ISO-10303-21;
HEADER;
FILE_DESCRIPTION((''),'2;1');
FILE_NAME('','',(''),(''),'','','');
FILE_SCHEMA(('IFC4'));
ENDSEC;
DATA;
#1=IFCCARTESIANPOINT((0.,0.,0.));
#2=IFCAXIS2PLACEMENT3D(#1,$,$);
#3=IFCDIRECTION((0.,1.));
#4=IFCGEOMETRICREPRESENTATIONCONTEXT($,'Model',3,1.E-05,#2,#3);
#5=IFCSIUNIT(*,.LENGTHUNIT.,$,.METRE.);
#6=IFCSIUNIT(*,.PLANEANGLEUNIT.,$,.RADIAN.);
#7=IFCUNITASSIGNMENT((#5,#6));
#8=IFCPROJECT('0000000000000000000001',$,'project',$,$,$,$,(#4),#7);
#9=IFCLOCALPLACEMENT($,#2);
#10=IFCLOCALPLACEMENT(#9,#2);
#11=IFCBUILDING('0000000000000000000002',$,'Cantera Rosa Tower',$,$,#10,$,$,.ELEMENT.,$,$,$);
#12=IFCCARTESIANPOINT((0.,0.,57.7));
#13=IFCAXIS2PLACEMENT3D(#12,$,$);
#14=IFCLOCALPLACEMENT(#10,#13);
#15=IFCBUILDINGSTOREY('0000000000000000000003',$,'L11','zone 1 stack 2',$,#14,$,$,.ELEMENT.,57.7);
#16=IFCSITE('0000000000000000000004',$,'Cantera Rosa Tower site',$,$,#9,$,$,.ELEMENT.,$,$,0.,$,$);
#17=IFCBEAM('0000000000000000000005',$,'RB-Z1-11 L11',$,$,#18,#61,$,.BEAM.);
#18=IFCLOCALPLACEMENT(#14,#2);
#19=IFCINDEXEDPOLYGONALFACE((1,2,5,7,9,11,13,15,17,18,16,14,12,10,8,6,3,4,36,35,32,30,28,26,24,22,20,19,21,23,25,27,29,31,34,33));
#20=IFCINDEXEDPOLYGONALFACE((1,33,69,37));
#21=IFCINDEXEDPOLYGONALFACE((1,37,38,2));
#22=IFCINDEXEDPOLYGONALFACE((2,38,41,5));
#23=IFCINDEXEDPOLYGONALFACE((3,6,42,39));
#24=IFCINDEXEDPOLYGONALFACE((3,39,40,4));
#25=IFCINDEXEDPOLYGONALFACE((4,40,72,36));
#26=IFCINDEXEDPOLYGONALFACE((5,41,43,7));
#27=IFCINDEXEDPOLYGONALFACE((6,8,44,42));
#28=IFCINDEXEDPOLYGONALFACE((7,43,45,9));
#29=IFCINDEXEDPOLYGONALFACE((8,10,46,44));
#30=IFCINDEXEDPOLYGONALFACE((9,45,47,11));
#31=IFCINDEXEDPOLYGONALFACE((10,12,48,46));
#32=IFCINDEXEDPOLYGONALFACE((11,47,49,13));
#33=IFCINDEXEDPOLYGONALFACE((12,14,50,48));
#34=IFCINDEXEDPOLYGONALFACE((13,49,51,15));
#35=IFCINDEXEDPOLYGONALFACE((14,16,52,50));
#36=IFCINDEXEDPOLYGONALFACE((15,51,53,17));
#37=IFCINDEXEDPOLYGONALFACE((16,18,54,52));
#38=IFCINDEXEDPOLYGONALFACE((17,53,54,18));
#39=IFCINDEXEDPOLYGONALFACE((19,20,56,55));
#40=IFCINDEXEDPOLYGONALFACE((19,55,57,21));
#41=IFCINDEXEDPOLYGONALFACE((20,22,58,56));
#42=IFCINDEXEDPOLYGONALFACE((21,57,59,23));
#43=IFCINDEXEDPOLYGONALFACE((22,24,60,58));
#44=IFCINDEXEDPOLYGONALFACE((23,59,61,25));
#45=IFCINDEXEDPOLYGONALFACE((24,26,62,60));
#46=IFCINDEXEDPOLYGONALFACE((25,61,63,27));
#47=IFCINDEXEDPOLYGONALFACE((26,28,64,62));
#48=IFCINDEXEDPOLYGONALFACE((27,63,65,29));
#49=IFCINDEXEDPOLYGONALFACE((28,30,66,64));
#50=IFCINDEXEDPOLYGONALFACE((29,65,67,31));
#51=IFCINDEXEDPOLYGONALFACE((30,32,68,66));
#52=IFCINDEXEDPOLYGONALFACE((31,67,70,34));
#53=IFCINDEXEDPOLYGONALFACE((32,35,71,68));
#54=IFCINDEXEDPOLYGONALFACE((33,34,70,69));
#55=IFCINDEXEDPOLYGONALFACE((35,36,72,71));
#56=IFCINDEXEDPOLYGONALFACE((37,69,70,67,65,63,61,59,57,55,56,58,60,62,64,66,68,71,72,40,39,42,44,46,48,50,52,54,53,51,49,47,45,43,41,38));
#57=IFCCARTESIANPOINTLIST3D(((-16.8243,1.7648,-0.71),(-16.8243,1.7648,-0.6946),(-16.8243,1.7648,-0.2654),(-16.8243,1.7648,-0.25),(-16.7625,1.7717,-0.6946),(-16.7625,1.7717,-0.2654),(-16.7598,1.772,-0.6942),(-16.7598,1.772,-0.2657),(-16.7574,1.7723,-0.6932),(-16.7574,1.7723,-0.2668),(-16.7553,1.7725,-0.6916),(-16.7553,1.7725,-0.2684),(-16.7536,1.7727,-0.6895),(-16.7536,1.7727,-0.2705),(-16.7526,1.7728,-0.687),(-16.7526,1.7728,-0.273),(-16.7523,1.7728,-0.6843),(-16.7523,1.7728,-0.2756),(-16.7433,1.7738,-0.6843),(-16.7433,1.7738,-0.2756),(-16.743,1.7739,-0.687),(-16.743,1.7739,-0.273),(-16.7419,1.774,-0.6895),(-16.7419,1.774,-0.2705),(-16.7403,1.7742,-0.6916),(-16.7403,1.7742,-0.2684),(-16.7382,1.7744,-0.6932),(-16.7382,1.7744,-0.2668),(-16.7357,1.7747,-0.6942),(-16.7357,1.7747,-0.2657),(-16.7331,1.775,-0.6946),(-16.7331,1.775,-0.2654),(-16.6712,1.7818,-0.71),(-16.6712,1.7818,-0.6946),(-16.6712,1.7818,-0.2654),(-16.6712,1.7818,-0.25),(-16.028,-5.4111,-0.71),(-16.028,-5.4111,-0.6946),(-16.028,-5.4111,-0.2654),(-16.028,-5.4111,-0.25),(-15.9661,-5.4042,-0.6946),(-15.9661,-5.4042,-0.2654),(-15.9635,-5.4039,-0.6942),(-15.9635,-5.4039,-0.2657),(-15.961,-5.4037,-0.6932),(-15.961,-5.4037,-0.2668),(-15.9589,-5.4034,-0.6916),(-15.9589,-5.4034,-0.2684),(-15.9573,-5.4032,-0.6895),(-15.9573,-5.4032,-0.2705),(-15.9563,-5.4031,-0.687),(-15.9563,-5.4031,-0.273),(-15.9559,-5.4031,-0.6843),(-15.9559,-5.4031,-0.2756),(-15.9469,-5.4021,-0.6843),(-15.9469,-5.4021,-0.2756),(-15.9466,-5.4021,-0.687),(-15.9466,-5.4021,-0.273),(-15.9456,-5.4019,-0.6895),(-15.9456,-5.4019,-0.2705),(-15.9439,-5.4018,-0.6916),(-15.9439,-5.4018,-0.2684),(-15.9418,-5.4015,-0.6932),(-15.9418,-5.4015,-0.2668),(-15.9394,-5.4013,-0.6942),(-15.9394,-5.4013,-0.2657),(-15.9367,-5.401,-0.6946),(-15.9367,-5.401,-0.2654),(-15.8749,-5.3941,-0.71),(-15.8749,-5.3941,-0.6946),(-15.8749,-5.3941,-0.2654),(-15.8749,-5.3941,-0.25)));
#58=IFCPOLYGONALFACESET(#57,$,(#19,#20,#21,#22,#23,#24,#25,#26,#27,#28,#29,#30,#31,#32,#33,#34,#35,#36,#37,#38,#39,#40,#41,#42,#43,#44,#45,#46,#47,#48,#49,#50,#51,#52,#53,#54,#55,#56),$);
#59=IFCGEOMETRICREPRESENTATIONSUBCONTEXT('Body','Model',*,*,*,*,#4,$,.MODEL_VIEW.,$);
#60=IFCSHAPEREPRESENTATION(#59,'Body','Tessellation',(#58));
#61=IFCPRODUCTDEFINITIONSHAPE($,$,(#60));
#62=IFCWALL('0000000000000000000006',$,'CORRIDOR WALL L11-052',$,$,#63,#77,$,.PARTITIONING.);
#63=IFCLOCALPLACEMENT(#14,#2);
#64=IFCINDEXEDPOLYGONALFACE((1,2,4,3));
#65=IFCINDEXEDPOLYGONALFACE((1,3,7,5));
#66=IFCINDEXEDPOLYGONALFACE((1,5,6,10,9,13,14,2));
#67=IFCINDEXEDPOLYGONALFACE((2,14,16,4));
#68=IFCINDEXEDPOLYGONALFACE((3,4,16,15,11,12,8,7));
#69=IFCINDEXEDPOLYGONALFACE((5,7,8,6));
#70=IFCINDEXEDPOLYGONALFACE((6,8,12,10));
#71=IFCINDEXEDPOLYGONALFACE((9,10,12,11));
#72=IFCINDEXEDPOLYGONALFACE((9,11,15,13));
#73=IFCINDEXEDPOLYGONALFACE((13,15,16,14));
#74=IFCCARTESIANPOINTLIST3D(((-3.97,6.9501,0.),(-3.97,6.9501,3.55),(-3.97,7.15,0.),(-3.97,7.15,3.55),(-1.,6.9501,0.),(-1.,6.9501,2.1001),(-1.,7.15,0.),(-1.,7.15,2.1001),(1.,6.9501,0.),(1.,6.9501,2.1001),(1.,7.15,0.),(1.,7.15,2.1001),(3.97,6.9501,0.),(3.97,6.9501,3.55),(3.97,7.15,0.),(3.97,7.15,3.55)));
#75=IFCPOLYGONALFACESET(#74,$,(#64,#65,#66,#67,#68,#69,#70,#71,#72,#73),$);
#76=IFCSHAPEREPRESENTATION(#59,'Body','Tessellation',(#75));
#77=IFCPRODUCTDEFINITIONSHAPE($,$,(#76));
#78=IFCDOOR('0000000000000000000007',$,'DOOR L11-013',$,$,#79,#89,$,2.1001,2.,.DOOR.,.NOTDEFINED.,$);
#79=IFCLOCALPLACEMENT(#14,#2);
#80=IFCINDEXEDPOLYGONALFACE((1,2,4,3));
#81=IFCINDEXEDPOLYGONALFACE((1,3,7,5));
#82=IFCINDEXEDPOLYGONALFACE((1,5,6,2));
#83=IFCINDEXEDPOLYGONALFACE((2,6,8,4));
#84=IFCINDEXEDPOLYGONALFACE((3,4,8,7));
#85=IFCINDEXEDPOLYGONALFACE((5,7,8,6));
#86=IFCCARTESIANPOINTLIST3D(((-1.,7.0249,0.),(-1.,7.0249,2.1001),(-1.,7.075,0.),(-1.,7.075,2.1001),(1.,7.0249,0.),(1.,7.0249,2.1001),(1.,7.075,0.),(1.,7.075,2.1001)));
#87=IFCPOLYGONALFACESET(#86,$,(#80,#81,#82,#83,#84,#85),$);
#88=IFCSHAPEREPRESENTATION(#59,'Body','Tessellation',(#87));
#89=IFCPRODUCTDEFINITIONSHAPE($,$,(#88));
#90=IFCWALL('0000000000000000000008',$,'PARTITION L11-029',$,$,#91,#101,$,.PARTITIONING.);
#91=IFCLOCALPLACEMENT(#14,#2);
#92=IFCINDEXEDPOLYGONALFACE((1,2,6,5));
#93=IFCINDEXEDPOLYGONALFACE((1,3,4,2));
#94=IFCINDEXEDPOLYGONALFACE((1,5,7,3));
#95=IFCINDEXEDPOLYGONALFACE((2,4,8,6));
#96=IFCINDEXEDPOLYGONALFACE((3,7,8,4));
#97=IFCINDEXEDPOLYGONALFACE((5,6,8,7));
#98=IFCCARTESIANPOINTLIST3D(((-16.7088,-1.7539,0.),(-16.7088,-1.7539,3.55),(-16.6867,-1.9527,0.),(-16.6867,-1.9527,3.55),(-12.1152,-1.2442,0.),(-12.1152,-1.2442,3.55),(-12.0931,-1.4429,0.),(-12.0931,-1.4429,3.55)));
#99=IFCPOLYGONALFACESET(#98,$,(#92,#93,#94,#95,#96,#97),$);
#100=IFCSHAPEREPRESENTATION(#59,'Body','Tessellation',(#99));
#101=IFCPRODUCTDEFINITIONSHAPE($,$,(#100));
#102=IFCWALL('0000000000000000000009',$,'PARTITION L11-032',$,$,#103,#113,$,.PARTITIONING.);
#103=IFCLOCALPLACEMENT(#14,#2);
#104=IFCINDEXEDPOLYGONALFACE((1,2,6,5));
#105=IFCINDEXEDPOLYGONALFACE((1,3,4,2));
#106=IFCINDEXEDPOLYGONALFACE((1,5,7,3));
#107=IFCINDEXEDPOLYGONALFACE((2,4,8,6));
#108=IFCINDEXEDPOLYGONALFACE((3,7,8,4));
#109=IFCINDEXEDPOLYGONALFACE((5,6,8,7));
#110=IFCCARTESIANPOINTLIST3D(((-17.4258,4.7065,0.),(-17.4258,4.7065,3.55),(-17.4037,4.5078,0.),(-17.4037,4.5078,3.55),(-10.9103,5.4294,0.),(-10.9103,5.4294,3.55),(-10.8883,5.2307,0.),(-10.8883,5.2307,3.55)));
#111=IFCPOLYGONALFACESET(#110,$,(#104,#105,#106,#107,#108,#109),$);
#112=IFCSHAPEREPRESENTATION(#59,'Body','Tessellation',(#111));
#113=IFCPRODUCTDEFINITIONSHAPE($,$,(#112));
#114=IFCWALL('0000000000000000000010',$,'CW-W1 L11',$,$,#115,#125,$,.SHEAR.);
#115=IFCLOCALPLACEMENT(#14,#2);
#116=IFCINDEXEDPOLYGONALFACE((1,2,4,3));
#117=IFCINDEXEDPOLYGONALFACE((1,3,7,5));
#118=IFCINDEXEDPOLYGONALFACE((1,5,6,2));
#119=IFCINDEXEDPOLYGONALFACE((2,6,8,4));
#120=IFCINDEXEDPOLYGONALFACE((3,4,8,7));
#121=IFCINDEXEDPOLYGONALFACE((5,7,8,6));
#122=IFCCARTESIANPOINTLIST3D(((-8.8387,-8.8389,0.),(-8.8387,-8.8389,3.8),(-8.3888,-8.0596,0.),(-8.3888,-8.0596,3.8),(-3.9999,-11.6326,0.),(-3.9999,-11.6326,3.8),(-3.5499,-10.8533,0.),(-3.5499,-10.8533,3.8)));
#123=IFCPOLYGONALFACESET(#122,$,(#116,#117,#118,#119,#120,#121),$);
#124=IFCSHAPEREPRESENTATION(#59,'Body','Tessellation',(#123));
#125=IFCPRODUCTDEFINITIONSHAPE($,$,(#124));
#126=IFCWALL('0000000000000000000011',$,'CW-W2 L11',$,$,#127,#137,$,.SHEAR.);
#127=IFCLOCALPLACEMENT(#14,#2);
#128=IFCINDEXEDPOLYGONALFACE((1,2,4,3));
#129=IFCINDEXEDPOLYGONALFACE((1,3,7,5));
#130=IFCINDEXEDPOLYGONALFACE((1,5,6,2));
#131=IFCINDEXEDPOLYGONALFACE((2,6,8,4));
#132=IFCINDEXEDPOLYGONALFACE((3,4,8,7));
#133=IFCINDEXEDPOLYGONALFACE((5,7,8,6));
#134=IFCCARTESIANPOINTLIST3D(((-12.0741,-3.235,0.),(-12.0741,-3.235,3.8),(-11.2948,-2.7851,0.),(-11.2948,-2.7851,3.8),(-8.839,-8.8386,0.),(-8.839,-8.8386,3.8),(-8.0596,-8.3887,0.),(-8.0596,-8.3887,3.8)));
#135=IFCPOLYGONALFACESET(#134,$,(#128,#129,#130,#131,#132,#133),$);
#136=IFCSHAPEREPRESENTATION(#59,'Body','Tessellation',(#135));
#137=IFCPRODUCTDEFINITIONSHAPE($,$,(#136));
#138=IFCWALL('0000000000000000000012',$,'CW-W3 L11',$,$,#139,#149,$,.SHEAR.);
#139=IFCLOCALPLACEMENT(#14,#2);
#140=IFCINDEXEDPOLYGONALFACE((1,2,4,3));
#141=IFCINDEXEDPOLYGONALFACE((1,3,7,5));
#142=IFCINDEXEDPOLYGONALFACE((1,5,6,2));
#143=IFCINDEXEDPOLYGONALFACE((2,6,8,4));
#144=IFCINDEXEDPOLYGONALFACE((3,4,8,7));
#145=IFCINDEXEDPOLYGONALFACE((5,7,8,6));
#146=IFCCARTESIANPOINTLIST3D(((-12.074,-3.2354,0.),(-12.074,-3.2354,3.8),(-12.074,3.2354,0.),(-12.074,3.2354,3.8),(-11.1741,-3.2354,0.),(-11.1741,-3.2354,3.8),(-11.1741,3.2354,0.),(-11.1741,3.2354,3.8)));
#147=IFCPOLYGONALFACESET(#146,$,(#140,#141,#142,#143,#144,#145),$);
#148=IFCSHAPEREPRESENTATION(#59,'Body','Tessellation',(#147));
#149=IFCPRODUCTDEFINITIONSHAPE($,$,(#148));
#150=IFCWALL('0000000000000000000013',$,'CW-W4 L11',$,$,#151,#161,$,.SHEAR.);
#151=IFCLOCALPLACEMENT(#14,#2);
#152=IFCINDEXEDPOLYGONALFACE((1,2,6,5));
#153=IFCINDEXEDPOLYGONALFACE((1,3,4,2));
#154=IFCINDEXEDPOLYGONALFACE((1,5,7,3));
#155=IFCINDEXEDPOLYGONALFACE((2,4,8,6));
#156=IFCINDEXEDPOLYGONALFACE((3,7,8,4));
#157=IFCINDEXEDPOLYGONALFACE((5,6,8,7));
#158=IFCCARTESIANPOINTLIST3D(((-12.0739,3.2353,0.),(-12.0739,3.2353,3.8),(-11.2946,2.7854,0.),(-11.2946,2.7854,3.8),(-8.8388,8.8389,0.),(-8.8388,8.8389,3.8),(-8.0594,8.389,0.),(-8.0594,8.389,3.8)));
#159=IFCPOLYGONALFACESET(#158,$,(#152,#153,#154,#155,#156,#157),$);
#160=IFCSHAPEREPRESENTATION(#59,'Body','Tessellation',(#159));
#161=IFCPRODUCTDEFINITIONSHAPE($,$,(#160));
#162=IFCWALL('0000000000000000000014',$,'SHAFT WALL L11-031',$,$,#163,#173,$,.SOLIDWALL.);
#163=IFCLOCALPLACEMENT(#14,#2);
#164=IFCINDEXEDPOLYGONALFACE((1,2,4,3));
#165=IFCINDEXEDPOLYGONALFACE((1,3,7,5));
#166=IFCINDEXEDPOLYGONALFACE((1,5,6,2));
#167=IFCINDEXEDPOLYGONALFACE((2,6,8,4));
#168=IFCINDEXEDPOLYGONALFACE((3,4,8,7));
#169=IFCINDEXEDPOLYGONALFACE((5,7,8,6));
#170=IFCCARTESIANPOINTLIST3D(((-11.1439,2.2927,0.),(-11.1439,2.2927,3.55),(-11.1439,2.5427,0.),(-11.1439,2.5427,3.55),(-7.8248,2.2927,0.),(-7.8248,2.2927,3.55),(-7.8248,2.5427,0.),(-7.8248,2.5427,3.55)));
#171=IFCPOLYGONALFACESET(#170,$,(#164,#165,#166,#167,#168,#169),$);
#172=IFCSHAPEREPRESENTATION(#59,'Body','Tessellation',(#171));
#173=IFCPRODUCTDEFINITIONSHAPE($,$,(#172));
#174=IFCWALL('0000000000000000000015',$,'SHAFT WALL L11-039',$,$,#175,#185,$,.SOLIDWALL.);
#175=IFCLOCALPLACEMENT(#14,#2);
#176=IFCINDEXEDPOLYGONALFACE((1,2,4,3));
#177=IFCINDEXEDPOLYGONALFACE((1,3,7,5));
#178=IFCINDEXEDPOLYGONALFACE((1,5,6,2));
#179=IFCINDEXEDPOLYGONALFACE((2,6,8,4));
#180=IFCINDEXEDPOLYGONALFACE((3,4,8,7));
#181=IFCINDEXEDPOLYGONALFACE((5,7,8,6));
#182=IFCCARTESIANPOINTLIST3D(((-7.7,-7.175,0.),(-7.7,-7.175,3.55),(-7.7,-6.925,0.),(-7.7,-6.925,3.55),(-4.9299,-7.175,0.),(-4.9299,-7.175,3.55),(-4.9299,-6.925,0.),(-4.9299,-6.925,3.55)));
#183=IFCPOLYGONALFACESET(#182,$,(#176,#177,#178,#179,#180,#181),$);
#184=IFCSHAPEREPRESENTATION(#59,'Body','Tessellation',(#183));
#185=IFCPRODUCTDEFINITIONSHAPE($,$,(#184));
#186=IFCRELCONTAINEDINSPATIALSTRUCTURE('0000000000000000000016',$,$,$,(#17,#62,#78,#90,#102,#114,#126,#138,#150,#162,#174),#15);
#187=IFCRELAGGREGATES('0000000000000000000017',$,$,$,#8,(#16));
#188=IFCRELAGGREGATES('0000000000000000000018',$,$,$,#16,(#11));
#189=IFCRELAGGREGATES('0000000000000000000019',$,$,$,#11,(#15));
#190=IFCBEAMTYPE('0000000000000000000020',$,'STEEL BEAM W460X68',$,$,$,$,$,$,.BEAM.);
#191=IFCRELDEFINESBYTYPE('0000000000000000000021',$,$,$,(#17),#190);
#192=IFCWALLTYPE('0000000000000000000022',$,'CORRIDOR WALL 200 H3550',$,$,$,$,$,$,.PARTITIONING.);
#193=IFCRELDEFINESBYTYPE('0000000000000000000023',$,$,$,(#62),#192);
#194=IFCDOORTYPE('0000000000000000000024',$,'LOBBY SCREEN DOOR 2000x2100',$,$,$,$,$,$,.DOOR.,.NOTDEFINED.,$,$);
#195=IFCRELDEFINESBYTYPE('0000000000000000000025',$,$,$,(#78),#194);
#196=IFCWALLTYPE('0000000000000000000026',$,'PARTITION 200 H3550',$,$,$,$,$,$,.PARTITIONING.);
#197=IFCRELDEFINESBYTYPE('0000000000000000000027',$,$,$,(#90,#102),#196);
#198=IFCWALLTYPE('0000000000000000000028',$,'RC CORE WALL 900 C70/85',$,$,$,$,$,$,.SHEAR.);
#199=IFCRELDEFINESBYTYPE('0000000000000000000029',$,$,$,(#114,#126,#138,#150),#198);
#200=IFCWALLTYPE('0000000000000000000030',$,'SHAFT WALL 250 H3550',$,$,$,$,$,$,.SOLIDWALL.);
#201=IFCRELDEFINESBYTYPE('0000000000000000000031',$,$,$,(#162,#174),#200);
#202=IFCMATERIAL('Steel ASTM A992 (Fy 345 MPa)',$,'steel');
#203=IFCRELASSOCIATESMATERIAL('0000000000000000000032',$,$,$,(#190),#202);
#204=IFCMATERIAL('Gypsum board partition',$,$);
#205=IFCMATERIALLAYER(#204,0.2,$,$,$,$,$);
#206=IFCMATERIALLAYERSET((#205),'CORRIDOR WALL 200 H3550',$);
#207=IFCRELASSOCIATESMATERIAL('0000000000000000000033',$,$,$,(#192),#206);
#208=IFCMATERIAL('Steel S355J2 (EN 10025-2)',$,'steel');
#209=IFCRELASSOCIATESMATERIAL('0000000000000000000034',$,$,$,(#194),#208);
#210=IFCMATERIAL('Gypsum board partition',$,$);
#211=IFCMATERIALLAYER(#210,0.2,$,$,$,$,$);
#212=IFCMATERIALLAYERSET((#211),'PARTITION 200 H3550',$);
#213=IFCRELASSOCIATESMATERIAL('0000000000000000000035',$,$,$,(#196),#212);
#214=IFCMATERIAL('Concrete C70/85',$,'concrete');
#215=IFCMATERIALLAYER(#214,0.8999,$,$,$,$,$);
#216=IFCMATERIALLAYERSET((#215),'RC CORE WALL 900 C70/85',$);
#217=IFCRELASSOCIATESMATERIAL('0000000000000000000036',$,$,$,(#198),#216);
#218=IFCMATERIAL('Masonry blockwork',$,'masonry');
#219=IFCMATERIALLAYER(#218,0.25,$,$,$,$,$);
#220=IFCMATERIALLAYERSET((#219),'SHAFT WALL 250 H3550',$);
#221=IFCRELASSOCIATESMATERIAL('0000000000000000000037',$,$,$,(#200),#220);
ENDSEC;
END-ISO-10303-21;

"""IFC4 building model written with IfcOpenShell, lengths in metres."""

from ifc_helpers import new_model, si_unit, direction, frame, frame_2d, origin, origin_2d, place, context, subcontext, project, spatial, rectangle, i_section, extrude, material, layer, layer_set, material_profile, profile_set, type_object, element, fill, save


model = new_model("IFC4")

# Units and contexts
model_context = context("Model", 3, precision=1e-05, world=origin(), true_north=direction((0.0, 1.0)))
body_context = subcontext(model_context, "Body", "Model", "MODEL_VIEW")
ifc_project = project(units=[si_unit("LENGTHUNIT", "METRE"), si_unit("PLANEANGLEUNIT", "RADIAN")], contexts=[model_context])

# Site, building, storey
site_placement = place(None, origin())
site = spatial("IfcSite", under=ifc_project, at=site_placement, Name="Cantera Rosa Tower site", CompositionType="ELEMENT", RefElevation=0.0)
building_placement = place(site_placement, origin())
building = spatial("IfcBuilding", under=site, at=building_placement, Name="Cantera Rosa Tower", CompositionType="ELEMENT")
storey_placement = place(building_placement, frame((0.0, 0.0, 57.7)))
storey = spatial("IfcBuildingStorey", under=building, at=storey_placement, Name="L11", Description="zone 1 stack 2", CompositionType="ELEMENT", Elevation=57.7)

# Beam
ifc_material_1 = material(Name="Steel ASTM A992 (Fy 345 MPa)", Category="steel")
ifc_material_profile = material_profile(ifc_material_1, i_section(OverallWidth=0.1541, OverallDepth=0.46, WebThickness=0.009, FlangeThickness=0.0154, FilletRadius=0.0103, at=origin_2d()), Name="W460X68")
ifc_profile_set = profile_set([ifc_material_profile], Name="Steel ASTM A992 (Fy 345 MPa)")
beam_type = type_object("IfcBeamType", Name="STEEL BEAM W460X68", PredefinedType="BEAM", material=ifc_profile_set)
beam_placement = place(storey_placement, frame((-15.9514, -5.4026, -0.48), z_axis=(-0.110302, 0.993898, 0.0), x_axis=(-0.993898, -0.110302, 0.0)))
element("IfcBeam", 1, at=beam_placement, inside=storey, type_object=beam_type, Name="RB-Z1-11 L11", PredefinedType="BEAM", context=body_context, shape_type="SweptSolid", body=[
    extrude(i_section(OverallWidth=0.1541, OverallDepth=0.46, WebThickness=0.009, FlangeThickness=0.0154, FilletRadius=0.0103, at=origin_2d()), origin(), (0.0, 0.0, 1.0), 7.22),
])

# Wall, opening, door
ifc_material_2 = material(Name="Gypsum board partition")
ifc_layer_1 = layer(ifc_material_2, 0.2)
ifc_layer_set_1 = layer_set([ifc_layer_1], Name="CORRIDOR WALL 200 H3550")
wall_type_1 = type_object("IfcWallType", Name="CORRIDOR WALL 200 H3550", PredefinedType="PARTITIONING", material=ifc_layer_set_1)
wall_1_placement = place(storey_placement, frame((-3.97, 7.05, 0.0), z_axis=(0.0, 0.0, 1.0), x_axis=(1.0, 0.0, 0.0)))
wall_1 = element("IfcWall", 2, at=wall_1_placement, inside=storey, type_object=wall_type_1, Name="CORRIDOR WALL L11-052", PredefinedType="PARTITIONING", context=body_context, shape_type="SweptSolid", body=[
    extrude(rectangle(XDim=7.9399, YDim=0.2, at=frame_2d((3.97, 0.0))), origin(), (0.0, 0.0, 1.0), 3.55),
])
opening_placement = place(wall_1_placement, frame((2.97, 0.0, 0.0)))
opening = element("IfcOpeningElement", 3, at=opening_placement, cuts=wall_1, PredefinedType="OPENING", context=body_context, shape_type="SweptSolid", body=[
    extrude(rectangle(XDim=2.0, YDim=2.1001, at=frame_2d((1.0, 1.05))), frame((0.0, 0.1099, 0.0), z_axis=(0.0, -1.0, 0.0), x_axis=(1.0, 0.0, 0.0)), (0.0, 0.0, 1.0), 0.22),
])
ifc_material_3 = material(Name="Steel S355J2 (EN 10025-2)", Category="steel")
door_type = type_object("IfcDoorType", Name="LOBBY SCREEN DOOR 2000x2100", OperationType="NOTDEFINED", PredefinedType="DOOR", material=ifc_material_3)
door_placement = place(opening_placement, origin())
door = element("IfcDoor", 4, at=door_placement, inside=storey, type_object=door_type, Name="DOOR L11-013", OperationType="NOTDEFINED", OverallHeight=2.1001, OverallWidth=2.0, PredefinedType="DOOR", context=body_context, shape_type="SweptSolid", body=[
    extrude(rectangle(XDim=2.0, YDim=2.1001, at=frame_2d((1.0, 1.05))), frame((0.0, 0.0249, 0.0), z_axis=(0.0, -1.0, 0.0), x_axis=(1.0, 0.0, 0.0)), (0.0, 0.0, 1.0), 0.05),
])
fill(opening, door)

# Walls
ifc_material_4 = material(Name="Gypsum board partition")
ifc_layer_2 = layer(ifc_material_4, 0.2)
ifc_layer_set_2 = layer_set([ifc_layer_2], Name="PARTITION 200 H3550")
wall_type_2 = type_object("IfcWallType", Name="PARTITION 200 H3550", PredefinedType="PARTITIONING", material=ifc_layer_set_2)
wall_2_placement = place(storey_placement, frame((-12.104, -1.3435, 0.0), z_axis=(0.0, 0.0, 1.0), x_axis=(-0.993899, -0.110298, 0.0)))
element("IfcWall", 5, at=wall_2_placement, inside=storey, type_object=wall_type_2, Name="PARTITION L11-029", PredefinedType="PARTITIONING", context=body_context, shape_type="SweptSolid", body=[
    extrude(rectangle(XDim=4.6218, YDim=0.2, at=frame_2d((2.311, 0.0))), origin(), (0.0, 0.0, 1.0), 3.55),
])
wall_3_placement = place(storey_placement, frame((-10.8992, 5.3301, 0.0), z_axis=(0.0, 0.0, 1.0), x_axis=(-0.993901, -0.110276, 0.0)))
element("IfcWall", 6, at=wall_3_placement, inside=storey, type_object=wall_type_2, Name="PARTITION L11-032", PredefinedType="PARTITIONING", context=body_context, shape_type="SweptSolid", body=[
    extrude(rectangle(XDim=6.5554, YDim=0.2, at=frame_2d((3.2778, 0.0))), origin(), (0.0, 0.0, 1.0), 3.55),
])
ifc_material_5 = material(Name="Concrete C70/85", Category="concrete")
ifc_layer_3 = layer(ifc_material_5, 0.8999)
ifc_layer_set_3 = layer_set([ifc_layer_3], Name="RC CORE WALL 900 C70/85")
wall_type_3 = type_object("IfcWallType", Name="RC CORE WALL 900 C70/85", PredefinedType="SHEAR", material=ifc_layer_set_3)
wall_4_placement = place(storey_placement, frame((-3.7749, -11.2429, 0.0), z_axis=(0.0, 0.0, 1.0), x_axis=(-0.866027, 0.499997, 0.0)))
element("IfcWall", 7, at=wall_4_placement, inside=storey, type_object=wall_type_3, Name="CW-W1 L11", PredefinedType="SHEAR", context=body_context, shape_type="SweptSolid", body=[
    extrude(rectangle(XDim=5.5874, YDim=0.8999, at=frame_2d((2.7937, 0.0))), origin(), (0.0, 0.0, 1.0), 3.8),
])
wall_5_placement = place(storey_placement, frame((-8.4492, -8.6138, 0.0), z_axis=(0.0, 0.0, 1.0), x_axis=(-0.49999, 0.866031, 0.0)))
element("IfcWall", 8, at=wall_5_placement, inside=storey, type_object=wall_type_3, Name="CW-W2 L11", PredefinedType="SHEAR", context=body_context, shape_type="SweptSolid", body=[
    extrude(rectangle(XDim=6.4705, YDim=0.8999, at=frame_2d((3.2354, 0.0))), origin(), (0.0, 0.0, 1.0), 3.8),
])
wall_6_placement = place(storey_placement, frame((-11.624, -3.2354, 0.0), z_axis=(0.0, 0.0, 1.0), x_axis=(0.0, 1.0, 0.0)))
element("IfcWall", 9, at=wall_6_placement, inside=storey, type_object=wall_type_3, Name="CW-W3 L11", PredefinedType="SHEAR", context=body_context, shape_type="SweptSolid", body=[
    extrude(rectangle(XDim=6.4707, YDim=0.8999, at=frame_2d((3.2354, 0.0))), origin(), (0.0, 0.0, 1.0), 3.8),
])
wall_7_placement = place(storey_placement, frame((-11.6843, 3.0103, 0.0), z_axis=(0.0, 0.0, 1.0), x_axis=(0.49999, 0.866031, 0.0)))
element("IfcWall", 10, at=wall_7_placement, inside=storey, type_object=wall_type_3, Name="CW-W4 L11", PredefinedType="SHEAR", context=body_context, shape_type="SweptSolid", body=[
    extrude(rectangle(XDim=6.4705, YDim=0.8999, at=frame_2d((3.2354, 0.0))), origin(), (0.0, 0.0, 1.0), 3.8),
])
ifc_material_6 = material(Name="Masonry blockwork", Category="masonry")
ifc_layer_4 = layer(ifc_material_6, 0.25)
ifc_layer_set_4 = layer_set([ifc_layer_4], Name="SHAFT WALL 250 H3550")
wall_type_4 = type_object("IfcWallType", Name="SHAFT WALL 250 H3550", PredefinedType="SOLIDWALL", material=ifc_layer_set_4)
wall_8_placement = place(storey_placement, frame((-11.144, 2.4177, 0.0), z_axis=(0.0, 0.0, 1.0), x_axis=(1.0, 0.0, 0.0)))
element("IfcWall", 11, at=wall_8_placement, inside=storey, type_object=wall_type_4, Name="SHAFT WALL L11-031", PredefinedType="SOLIDWALL", context=body_context, shape_type="SweptSolid", body=[
    extrude(rectangle(XDim=3.3191, YDim=0.25, at=frame_2d((1.6597, 0.0))), origin(), (0.0, 0.0, 1.0), 3.55),
])
wall_9_placement = place(storey_placement, frame((-7.7, -7.05, 0.0), z_axis=(0.0, 0.0, 1.0), x_axis=(1.0, 0.0, 0.0)))
element("IfcWall", 12, at=wall_9_placement, inside=storey, type_object=wall_type_4, Name="SHAFT WALL L11-039", PredefinedType="SOLIDWALL", context=body_context, shape_type="SweptSolid", body=[
    extrude(rectangle(XDim=2.77, YDim=0.25, at=frame_2d((1.385, 0.0))), origin(), (0.0, 0.0, 1.0), 3.55),
])

save(model, "model.ifc")
